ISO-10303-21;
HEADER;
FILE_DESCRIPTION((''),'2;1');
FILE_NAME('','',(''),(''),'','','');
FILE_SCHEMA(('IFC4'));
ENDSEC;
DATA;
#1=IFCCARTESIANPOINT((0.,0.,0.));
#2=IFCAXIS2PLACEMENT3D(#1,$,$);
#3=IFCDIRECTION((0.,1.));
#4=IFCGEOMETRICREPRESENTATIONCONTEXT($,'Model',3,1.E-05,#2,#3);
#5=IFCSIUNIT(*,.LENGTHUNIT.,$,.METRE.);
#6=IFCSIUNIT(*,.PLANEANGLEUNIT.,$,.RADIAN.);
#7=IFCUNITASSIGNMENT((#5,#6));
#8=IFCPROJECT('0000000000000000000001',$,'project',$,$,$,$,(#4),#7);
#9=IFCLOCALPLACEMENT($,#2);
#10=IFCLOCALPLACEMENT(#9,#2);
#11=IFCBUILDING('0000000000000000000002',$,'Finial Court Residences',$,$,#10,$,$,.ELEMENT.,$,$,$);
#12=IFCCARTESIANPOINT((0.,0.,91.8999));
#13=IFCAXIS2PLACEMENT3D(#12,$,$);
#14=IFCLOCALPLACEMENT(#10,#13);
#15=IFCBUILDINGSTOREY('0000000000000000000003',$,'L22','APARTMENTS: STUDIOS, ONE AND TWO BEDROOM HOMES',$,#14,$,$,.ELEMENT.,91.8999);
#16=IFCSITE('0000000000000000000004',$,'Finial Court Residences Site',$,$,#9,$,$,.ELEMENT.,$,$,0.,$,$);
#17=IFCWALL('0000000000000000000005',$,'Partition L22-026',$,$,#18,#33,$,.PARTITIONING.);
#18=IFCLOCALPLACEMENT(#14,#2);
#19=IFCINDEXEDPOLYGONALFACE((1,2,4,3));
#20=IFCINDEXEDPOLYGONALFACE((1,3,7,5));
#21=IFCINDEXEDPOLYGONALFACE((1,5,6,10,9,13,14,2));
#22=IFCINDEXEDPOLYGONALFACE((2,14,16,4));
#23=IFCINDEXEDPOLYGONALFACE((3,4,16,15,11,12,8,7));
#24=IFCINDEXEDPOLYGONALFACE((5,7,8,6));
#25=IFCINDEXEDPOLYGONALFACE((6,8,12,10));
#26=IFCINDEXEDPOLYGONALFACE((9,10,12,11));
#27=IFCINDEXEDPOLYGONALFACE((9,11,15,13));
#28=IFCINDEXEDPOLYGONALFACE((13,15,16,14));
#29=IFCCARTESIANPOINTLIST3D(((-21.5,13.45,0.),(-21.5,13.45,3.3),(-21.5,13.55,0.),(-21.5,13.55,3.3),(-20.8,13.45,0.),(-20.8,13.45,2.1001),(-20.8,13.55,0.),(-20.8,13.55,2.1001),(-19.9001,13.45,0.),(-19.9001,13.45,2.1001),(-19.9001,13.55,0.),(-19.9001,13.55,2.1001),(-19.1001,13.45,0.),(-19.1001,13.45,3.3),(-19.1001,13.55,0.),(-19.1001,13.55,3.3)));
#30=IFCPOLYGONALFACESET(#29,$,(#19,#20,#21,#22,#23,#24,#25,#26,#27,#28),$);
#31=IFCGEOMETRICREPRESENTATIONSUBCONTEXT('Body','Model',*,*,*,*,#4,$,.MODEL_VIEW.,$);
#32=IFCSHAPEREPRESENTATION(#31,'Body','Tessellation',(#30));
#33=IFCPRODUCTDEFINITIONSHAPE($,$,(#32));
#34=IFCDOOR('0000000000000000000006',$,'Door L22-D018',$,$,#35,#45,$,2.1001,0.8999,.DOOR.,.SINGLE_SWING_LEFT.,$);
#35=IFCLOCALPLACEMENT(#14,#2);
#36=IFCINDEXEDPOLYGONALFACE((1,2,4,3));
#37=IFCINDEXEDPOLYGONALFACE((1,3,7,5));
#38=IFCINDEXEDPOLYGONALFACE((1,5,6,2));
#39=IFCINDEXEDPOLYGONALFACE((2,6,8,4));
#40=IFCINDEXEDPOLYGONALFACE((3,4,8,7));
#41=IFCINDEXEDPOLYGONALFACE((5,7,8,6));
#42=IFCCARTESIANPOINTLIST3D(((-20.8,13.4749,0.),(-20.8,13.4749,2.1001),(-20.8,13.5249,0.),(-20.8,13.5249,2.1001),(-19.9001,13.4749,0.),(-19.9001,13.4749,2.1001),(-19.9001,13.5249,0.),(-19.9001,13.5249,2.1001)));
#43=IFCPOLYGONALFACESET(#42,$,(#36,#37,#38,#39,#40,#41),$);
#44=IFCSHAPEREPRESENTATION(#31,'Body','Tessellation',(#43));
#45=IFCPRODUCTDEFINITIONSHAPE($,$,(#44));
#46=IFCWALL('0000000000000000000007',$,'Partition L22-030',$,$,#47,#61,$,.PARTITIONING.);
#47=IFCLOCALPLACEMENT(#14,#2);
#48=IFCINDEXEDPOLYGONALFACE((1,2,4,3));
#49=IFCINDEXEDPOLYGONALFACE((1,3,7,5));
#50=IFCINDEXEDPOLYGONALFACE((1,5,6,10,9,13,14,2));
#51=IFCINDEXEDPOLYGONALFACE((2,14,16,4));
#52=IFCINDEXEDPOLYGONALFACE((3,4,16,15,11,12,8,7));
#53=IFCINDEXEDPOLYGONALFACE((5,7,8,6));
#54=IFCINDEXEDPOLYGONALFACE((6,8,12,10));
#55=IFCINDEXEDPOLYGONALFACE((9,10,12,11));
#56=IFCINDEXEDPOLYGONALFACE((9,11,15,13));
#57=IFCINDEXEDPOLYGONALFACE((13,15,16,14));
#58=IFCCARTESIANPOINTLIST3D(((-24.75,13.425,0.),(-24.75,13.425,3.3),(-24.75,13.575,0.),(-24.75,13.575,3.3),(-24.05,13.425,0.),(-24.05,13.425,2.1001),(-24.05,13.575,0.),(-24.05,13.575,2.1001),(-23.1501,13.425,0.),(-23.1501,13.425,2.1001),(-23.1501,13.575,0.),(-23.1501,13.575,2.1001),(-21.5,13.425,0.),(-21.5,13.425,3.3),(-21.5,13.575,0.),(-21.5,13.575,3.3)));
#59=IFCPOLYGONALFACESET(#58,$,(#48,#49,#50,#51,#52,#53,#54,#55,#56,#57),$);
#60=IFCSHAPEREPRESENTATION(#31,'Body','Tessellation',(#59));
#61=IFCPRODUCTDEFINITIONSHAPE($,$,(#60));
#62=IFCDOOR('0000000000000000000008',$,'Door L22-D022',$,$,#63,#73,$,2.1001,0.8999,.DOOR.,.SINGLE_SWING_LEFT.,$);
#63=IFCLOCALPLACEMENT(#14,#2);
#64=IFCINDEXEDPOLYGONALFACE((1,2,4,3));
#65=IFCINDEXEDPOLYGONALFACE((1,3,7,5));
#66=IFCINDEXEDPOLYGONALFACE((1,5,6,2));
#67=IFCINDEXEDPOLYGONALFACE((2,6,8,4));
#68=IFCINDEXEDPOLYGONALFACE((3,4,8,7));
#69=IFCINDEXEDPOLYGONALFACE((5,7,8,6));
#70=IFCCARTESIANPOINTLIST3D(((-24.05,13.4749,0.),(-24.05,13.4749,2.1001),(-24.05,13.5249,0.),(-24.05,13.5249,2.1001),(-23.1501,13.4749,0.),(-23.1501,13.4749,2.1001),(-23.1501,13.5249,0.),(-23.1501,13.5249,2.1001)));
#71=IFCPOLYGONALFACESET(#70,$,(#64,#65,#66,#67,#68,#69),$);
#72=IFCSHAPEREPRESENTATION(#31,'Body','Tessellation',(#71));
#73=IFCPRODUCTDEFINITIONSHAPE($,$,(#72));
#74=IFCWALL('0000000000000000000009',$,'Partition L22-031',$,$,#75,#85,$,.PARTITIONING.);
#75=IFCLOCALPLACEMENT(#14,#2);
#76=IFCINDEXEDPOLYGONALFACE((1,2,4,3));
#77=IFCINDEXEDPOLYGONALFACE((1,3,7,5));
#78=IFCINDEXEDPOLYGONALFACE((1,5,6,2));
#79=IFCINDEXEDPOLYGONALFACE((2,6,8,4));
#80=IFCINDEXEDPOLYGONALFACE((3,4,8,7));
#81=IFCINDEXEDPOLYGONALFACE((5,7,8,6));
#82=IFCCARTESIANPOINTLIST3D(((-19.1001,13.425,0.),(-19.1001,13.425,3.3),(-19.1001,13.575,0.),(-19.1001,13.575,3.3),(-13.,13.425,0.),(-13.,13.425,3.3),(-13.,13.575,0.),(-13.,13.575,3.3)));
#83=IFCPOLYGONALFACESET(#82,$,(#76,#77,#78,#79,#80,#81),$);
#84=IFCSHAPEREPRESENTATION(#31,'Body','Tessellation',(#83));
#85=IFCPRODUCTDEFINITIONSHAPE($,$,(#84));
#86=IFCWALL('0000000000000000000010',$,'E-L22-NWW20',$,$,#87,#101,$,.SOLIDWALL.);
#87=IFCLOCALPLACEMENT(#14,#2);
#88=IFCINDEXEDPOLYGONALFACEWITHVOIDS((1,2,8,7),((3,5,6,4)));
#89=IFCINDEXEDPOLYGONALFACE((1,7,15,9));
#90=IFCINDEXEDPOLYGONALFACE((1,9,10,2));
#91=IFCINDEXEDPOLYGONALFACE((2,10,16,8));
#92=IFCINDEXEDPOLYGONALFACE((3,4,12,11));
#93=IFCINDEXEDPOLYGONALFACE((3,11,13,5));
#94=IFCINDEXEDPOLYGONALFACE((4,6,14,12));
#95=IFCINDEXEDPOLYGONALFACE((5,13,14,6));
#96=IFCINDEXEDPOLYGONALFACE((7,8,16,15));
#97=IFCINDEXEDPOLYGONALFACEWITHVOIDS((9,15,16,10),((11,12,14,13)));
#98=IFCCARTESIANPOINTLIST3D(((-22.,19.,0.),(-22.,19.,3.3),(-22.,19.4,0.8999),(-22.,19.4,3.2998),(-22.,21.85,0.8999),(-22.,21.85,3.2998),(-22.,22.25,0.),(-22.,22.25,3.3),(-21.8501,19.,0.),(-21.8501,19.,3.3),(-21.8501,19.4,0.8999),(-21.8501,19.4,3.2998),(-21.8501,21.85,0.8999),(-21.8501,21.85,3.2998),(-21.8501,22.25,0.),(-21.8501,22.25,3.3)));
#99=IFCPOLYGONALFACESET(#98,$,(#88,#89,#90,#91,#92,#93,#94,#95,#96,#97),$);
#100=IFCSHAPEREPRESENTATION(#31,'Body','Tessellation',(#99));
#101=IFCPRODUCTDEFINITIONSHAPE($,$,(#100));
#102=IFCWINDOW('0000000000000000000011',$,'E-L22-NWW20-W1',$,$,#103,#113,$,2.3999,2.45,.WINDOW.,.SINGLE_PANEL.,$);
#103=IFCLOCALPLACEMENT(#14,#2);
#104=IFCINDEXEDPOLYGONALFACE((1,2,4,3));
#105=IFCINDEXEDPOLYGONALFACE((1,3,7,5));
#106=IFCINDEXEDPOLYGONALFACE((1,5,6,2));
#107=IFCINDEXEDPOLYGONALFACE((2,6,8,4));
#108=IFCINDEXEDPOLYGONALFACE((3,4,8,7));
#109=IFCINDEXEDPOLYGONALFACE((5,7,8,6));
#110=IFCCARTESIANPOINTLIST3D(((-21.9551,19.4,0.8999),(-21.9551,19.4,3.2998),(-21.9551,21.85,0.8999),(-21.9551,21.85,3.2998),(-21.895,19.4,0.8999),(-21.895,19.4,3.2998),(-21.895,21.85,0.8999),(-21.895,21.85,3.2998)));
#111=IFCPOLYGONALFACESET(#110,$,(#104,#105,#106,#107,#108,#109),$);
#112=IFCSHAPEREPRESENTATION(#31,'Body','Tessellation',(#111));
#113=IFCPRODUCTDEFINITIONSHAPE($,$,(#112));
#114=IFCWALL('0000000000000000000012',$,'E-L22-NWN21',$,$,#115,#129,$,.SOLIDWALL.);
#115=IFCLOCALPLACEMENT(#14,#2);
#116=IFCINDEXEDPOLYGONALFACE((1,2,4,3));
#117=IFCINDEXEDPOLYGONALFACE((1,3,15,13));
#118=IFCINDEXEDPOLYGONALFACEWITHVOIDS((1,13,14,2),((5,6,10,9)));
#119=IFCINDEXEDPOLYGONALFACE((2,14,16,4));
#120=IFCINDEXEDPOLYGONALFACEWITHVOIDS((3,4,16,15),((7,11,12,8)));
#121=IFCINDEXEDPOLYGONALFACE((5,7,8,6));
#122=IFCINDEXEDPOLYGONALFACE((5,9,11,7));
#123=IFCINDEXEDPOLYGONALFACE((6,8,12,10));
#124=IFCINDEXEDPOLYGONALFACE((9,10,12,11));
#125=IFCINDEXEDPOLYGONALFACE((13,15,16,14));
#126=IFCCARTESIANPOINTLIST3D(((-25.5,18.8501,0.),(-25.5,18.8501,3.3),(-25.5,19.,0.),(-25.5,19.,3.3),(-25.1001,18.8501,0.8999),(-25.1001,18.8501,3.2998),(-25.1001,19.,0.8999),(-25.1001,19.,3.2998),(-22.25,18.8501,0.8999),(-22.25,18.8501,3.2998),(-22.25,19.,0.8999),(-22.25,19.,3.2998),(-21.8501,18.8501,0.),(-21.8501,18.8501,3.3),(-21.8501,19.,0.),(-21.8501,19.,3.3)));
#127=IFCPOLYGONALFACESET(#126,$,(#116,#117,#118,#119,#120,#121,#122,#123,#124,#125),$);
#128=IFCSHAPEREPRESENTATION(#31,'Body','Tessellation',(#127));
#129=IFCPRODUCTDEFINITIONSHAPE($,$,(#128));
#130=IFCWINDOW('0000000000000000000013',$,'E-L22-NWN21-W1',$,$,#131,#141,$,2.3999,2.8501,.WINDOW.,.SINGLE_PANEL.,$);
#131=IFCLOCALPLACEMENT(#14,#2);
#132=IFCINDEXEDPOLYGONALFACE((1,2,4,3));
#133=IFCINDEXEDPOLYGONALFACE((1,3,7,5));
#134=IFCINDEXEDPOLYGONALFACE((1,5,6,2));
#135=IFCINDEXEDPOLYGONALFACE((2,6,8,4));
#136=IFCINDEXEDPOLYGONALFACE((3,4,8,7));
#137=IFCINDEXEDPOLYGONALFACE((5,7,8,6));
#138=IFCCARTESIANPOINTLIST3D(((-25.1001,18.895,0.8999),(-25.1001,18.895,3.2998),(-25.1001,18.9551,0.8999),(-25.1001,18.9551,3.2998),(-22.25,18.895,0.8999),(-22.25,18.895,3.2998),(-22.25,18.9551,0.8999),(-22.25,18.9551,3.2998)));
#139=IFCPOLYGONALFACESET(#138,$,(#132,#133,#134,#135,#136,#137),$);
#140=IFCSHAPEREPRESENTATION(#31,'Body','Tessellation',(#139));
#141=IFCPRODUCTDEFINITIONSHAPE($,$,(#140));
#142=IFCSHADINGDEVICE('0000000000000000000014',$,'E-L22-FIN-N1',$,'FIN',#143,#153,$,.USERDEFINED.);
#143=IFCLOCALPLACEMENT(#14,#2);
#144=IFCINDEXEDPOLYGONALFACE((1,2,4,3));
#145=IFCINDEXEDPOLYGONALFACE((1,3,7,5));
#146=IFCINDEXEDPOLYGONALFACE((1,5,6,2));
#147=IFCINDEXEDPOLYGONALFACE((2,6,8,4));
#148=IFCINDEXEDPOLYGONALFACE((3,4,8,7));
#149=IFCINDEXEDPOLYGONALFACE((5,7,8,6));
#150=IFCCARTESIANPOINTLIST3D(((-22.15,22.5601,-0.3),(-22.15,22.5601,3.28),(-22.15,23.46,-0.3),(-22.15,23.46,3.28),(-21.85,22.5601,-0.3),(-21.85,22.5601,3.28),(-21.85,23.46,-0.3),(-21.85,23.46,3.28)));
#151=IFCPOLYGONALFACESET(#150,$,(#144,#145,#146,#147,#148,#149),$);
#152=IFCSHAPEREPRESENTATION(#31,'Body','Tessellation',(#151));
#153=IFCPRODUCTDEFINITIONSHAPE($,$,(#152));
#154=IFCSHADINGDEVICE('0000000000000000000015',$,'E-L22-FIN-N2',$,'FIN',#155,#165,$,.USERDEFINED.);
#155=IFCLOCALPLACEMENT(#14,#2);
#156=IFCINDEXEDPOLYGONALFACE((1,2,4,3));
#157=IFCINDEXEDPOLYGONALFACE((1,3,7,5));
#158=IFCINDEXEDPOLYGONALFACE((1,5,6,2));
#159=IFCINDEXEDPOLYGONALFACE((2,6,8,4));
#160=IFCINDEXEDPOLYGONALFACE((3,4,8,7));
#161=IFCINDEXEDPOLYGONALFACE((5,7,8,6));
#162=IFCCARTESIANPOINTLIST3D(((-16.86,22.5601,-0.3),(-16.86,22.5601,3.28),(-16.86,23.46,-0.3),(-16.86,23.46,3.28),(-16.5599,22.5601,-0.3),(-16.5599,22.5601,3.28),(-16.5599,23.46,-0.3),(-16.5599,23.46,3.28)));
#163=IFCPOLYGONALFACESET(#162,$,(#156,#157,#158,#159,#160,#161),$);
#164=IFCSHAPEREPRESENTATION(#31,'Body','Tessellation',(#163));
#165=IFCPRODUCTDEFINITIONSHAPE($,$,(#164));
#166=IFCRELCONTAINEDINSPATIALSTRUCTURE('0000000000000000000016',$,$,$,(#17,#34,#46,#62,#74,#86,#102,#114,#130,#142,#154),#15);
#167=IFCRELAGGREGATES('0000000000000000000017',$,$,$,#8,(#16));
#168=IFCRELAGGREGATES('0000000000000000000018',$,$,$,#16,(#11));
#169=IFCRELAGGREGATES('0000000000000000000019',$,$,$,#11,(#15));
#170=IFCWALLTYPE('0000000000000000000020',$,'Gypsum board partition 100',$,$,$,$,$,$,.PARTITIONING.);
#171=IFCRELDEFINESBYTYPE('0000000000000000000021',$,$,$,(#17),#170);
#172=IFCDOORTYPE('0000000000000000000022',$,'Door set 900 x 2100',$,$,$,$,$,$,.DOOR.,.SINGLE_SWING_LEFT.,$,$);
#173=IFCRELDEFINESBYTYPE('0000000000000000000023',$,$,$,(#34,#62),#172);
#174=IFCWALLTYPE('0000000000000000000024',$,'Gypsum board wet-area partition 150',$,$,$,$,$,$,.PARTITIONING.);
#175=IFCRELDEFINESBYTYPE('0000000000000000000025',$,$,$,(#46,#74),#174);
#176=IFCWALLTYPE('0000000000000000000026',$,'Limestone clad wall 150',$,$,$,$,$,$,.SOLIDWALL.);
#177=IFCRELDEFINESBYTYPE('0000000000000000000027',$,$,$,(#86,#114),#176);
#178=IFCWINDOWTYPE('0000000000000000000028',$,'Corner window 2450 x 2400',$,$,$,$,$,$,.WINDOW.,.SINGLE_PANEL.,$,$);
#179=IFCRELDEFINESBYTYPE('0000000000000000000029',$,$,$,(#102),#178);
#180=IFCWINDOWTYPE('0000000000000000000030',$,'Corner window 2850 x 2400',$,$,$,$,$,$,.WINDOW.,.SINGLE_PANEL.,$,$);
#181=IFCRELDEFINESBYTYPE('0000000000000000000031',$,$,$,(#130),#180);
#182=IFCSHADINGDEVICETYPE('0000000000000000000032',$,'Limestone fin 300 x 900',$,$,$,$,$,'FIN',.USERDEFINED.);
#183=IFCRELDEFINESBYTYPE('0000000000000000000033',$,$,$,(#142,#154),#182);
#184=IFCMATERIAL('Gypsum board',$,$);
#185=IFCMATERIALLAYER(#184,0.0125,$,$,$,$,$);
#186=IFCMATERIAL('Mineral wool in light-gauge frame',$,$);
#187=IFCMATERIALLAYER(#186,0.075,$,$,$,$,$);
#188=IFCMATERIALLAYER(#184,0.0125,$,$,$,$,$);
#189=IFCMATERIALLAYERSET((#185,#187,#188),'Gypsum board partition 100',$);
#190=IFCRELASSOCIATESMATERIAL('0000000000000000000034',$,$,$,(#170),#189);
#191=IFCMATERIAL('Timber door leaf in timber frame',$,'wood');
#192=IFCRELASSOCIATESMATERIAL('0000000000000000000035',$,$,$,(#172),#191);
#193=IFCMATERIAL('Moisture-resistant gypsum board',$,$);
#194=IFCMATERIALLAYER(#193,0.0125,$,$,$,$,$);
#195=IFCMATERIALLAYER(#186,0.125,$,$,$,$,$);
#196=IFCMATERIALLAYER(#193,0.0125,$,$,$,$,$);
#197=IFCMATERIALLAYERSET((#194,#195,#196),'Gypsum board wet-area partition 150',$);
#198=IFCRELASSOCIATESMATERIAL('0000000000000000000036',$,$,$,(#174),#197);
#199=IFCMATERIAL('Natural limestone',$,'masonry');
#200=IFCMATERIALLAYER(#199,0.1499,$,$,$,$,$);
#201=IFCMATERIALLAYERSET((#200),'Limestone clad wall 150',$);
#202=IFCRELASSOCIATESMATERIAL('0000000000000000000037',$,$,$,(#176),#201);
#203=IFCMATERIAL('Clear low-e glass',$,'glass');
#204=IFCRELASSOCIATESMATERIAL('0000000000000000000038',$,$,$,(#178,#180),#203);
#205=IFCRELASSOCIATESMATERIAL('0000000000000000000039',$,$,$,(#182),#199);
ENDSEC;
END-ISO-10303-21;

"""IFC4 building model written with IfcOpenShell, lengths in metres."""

from ifc_helpers import new_model, si_unit, direction, frame, frame_2d, origin, origin_2d, place, context, subcontext, project, spatial, rectangle, extrude, material, layer, layer_set, type_object, element, fill, save


model = new_model("IFC4")

# Units and contexts
model_context = context("Model", 3, precision=1e-05, world=origin(), true_north=direction((0.0, 1.0)))
body_context = subcontext(model_context, "Body", "Model", "MODEL_VIEW")
ifc_project = project(units=[si_unit("LENGTHUNIT", "METRE"), si_unit("PLANEANGLEUNIT", "RADIAN")], contexts=[model_context])

# Site, building, storey
site_placement = place(None, origin())
site = spatial("IfcSite", under=ifc_project, at=site_placement, Name="Finial Court Residences Site", CompositionType="ELEMENT", RefElevation=0.0)
building_placement = place(site_placement, origin())
building = spatial("IfcBuilding", under=site, at=building_placement, Name="Finial Court Residences", CompositionType="ELEMENT")
storey_placement = place(building_placement, frame((0.0, 0.0, 91.8999)))
storey = spatial("IfcBuildingStorey", under=building, at=storey_placement, Name="L22", Description="APARTMENTS: STUDIOS, ONE AND TWO BEDROOM HOMES", CompositionType="ELEMENT", Elevation=91.8999)

# Shared definitions
ifc_material_1 = material(Name="Clear low-e glass", Category="glass")

# Shared definitions
ifc_material_2 = material(Name="Gypsum board")
ifc_layer_1 = layer(ifc_material_2, 0.0125)
ifc_material_3 = material(Name="Mineral wool in light-gauge frame")
ifc_layer_2 = layer(ifc_material_3, 0.075)
ifc_layer_3 = layer(ifc_material_2, 0.0125)
ifc_layer_set_1 = layer_set([ifc_layer_1, ifc_layer_2, ifc_layer_3], Name="Gypsum board partition 100")
wall_type_1 = type_object("IfcWallType", Name="Gypsum board partition 100", PredefinedType="PARTITIONING", material=ifc_layer_set_1)

# Walls, openings, doors
wall_1_placement = place(storey_placement, frame((-21.5, 13.5, 0.0), z_axis=(0.0, 0.0, 1.0), x_axis=(1.0, 0.0, 0.0)))
wall_1 = element("IfcWall", 1, at=wall_1_placement, inside=storey, type_object=wall_type_1, Name="Partition L22-026", PredefinedType="PARTITIONING", context=body_context, shape_type="SweptSolid", body=[
    extrude(rectangle(XDim=2.3999, YDim=0.1001, at=frame_2d((1.2, 0.0))), origin(), (0.0, 0.0, 1.0), 3.3),
])
opening_1_placement = place(wall_1_placement, frame((0.7, 0.0, 0.0)))
opening_1 = element("IfcOpeningElement", 2, at=opening_1_placement, cuts=wall_1, PredefinedType="OPENING", context=body_context, shape_type="SweptSolid", body=[
    extrude(rectangle(XDim=0.8999, YDim=2.1001, at=frame_2d((0.45, 1.05))), frame((0.0, 0.0601, 0.0), z_axis=(0.0, -1.0, 0.0), x_axis=(1.0, 0.0, 0.0)), (0.0, 0.0, 1.0), 0.1201),
])
ifc_material_4 = material(Name="Timber door leaf in timber frame", Category="wood")
door_type = type_object("IfcDoorType", Name="Door set 900 x 2100", OperationType="SINGLE_SWING_LEFT", PredefinedType="DOOR", material=ifc_material_4)
door_1_placement = place(opening_1_placement, origin())
door_1 = element("IfcDoor", 3, at=door_1_placement, inside=storey, type_object=door_type, Name="Door L22-D018", OperationType="SINGLE_SWING_LEFT", OverallHeight=2.1001, OverallWidth=0.8999, PredefinedType="DOOR", context=body_context, shape_type="SweptSolid", body=[
    extrude(rectangle(XDim=0.8999, YDim=2.1001, at=frame_2d((0.45, 1.05))), frame((0.0, 0.0249, 0.0), z_axis=(0.0, -1.0, 0.0), x_axis=(1.0, 0.0, 0.0)), (0.0, 0.0, 1.0), 0.05),
])
fill(opening_1, door_1)
ifc_material_5 = material(Name="Moisture-resistant gypsum board")
ifc_layer_4 = layer(ifc_material_5, 0.0125)
ifc_layer_5 = layer(ifc_material_3, 0.125)
ifc_layer_6 = layer(ifc_material_5, 0.0125)
ifc_layer_set_2 = layer_set([ifc_layer_4, ifc_layer_5, ifc_layer_6], Name="Gypsum board wet-area partition 150")
wall_type_2 = type_object("IfcWallType", Name="Gypsum board wet-area partition 150", PredefinedType="PARTITIONING", material=ifc_layer_set_2)
wall_2_placement = place(storey_placement, frame((-24.75, 13.5, 0.0), z_axis=(0.0, 0.0, 1.0), x_axis=(1.0, 0.0, 0.0)))
wall_2 = element("IfcWall", 4, at=wall_2_placement, inside=storey, type_object=wall_type_2, Name="Partition L22-030", PredefinedType="PARTITIONING", context=body_context, shape_type="SweptSolid", body=[
    extrude(rectangle(XDim=3.25, YDim=0.1499, at=frame_2d((1.625, 0.0))), origin(), (0.0, 0.0, 1.0), 3.3),
])
opening_2_placement = place(wall_2_placement, frame((0.7, 0.0, 0.0)))
opening_2 = element("IfcOpeningElement", 5, at=opening_2_placement, cuts=wall_2, PredefinedType="OPENING", context=body_context, shape_type="SweptSolid", body=[
    extrude(rectangle(XDim=0.8999, YDim=2.1001, at=frame_2d((0.45, 1.05))), frame((0.0, 0.085, 0.0), z_axis=(0.0, -1.0, 0.0), x_axis=(1.0, 0.0, 0.0)), (0.0, 0.0, 1.0), 0.1699),
])
door_2_placement = place(opening_2_placement, origin())
door_2 = element("IfcDoor", 6, at=door_2_placement, inside=storey, type_object=door_type, Name="Door L22-D022", OperationType="SINGLE_SWING_LEFT", OverallHeight=2.1001, OverallWidth=0.8999, PredefinedType="DOOR", context=body_context, shape_type="SweptSolid", body=[
    extrude(rectangle(XDim=0.8999, YDim=2.1001, at=frame_2d((0.45, 1.05))), frame((0.0, 0.0249, 0.0), z_axis=(0.0, -1.0, 0.0), x_axis=(1.0, 0.0, 0.0)), (0.0, 0.0, 1.0), 0.05),
])
fill(opening_2, door_2)

# Wall
wall_3_placement = place(storey_placement, frame((-19.1001, 13.5, 0.0), z_axis=(0.0, 0.0, 1.0), x_axis=(1.0, 0.0, 0.0)))
element("IfcWall", 7, at=wall_3_placement, inside=storey, type_object=wall_type_2, Name="Partition L22-031", PredefinedType="PARTITIONING", context=body_context, shape_type="SweptSolid", body=[
    extrude(rectangle(XDim=6.1001, YDim=0.1499, at=frame_2d((3.05, 0.0))), origin(), (0.0, 0.0, 1.0), 3.3),
])

# Walls, openings, windows
ifc_material_6 = material(Name="Natural limestone", Category="masonry")
ifc_layer_7 = layer(ifc_material_6, 0.1499)
ifc_layer_set_3 = layer_set([ifc_layer_7], Name="Limestone clad wall 150")
wall_type_3 = type_object("IfcWallType", Name="Limestone clad wall 150", PredefinedType="SOLIDWALL", material=ifc_layer_set_3)
wall_4_placement = place(storey_placement, frame((-21.925, 19.0, 0.0), z_axis=(0.0, 0.0, 1.0), x_axis=(0.0, 1.0, 0.0)))
wall_4 = element("IfcWall", 8, at=wall_4_placement, inside=storey, type_object=wall_type_3, Name="E-L22-NWW20", PredefinedType="SOLIDWALL", context=body_context, shape_type="SweptSolid", body=[
    extrude(rectangle(XDim=3.25, YDim=0.1499, at=frame_2d((1.625, 0.0))), origin(), (0.0, 0.0, 1.0), 3.3),
])
opening_3_placement = place(wall_4_placement, frame((0.3999, 0.0, 0.8999)))
opening_3 = element("IfcOpeningElement", 9, at=opening_3_placement, cuts=wall_4, PredefinedType="OPENING", context=body_context, shape_type="SweptSolid", body=[
    extrude(rectangle(XDim=2.45, YDim=2.3999, at=frame_2d((1.2251, 1.2))), frame((0.0, 0.085, 0.0), z_axis=(0.0, -1.0, 0.0), x_axis=(1.0, 0.0, 0.0)), (0.0, 0.0, 1.0), 0.1699),
])
window_type_1 = type_object("IfcWindowType", Name="Corner window 2450 x 2400", PartitioningType="SINGLE_PANEL", PredefinedType="WINDOW", material=ifc_material_1)
window_1_placement = place(opening_3_placement, origin())
window_1 = element("IfcWindow", 10, at=window_1_placement, inside=storey, type_object=window_type_1, Name="E-L22-NWW20-W1", OverallHeight=2.3999, OverallWidth=2.45, PartitioningType="SINGLE_PANEL", PredefinedType="WINDOW", context=body_context, shape_type="SweptSolid", body=[
    extrude(rectangle(XDim=2.45, YDim=2.3999, at=frame_2d((1.2251, 1.2))), frame((0.0, 0.03, 0.0), z_axis=(0.0, -1.0, 0.0), x_axis=(1.0, 0.0, 0.0)), (0.0, 0.0, 1.0), 0.0601),
])
fill(opening_3, window_1)
wall_5_placement = place(storey_placement, frame((-25.5, 18.925, 0.0), z_axis=(0.0, 0.0, 1.0), x_axis=(1.0, 0.0, 0.0)))
wall_5 = element("IfcWall", 11, at=wall_5_placement, inside=storey, type_object=wall_type_3, Name="E-L22-NWN21", PredefinedType="SOLIDWALL", context=body_context, shape_type="SweptSolid", body=[
    extrude(rectangle(XDim=3.6499, YDim=0.1499, at=frame_2d((1.825, 0.0))), origin(), (0.0, 0.0, 1.0), 3.3),
])
opening_4_placement = place(wall_5_placement, frame((0.3999, 0.0, 0.8999)))
opening_4 = element("IfcOpeningElement", 12, at=opening_4_placement, cuts=wall_5, PredefinedType="OPENING", context=body_context, shape_type="SweptSolid", body=[
    extrude(rectangle(XDim=2.8501, YDim=2.3999, at=frame_2d((1.425, 1.2))), frame((0.0, 0.085, 0.0), z_axis=(0.0, -1.0, 0.0), x_axis=(1.0, 0.0, 0.0)), (0.0, 0.0, 1.0), 0.1699),
])
window_type_2 = type_object("IfcWindowType", Name="Corner window 2850 x 2400", PartitioningType="SINGLE_PANEL", PredefinedType="WINDOW", material=ifc_material_1)
window_2_placement = place(opening_4_placement, origin())
window_2 = element("IfcWindow", 13, at=window_2_placement, inside=storey, type_object=window_type_2, Name="E-L22-NWN21-W1", OverallHeight=2.3999, OverallWidth=2.8501, PartitioningType="SINGLE_PANEL", PredefinedType="WINDOW", context=body_context, shape_type="SweptSolid", body=[
    extrude(rectangle(XDim=2.8501, YDim=2.3999, at=frame_2d((1.425, 1.2))), frame((0.0, 0.03, 0.0), z_axis=(0.0, -1.0, 0.0), x_axis=(1.0, 0.0, 0.0)), (0.0, 0.0, 1.0), 0.0601),
])
fill(opening_4, window_2)

# Shading devices
shading_device_type = type_object("IfcShadingDeviceType", Name="Limestone fin 300 x 900", ElementType="FIN", PredefinedType="USERDEFINED", material=ifc_material_6)
for number, where, z_axis, x_axis, name in (
    (14, (-22.0, 23.01, -0.3), (0.0, 0.0, 1.0), (1.0, 0.0, 0.0), "E-L22-FIN-N1"),
    (15, (-16.71, 23.01, -0.3), (0.0, 0.0, 1.0), (1.0, 0.0, 0.0), "E-L22-FIN-N2"),
):
    element("IfcShadingDevice", number, at=place(storey_placement, frame(where, z_axis=z_axis, x_axis=x_axis)), inside=storey, type_object=shading_device_type, Name=name, ObjectType="FIN", PredefinedType="USERDEFINED", context=body_context, shape_type="SweptSolid", body=[
        extrude(rectangle(XDim=0.3, YDim=0.8999, at=origin_2d()), origin(), (0.0, 0.0, 1.0), 3.5801),
    ])

save(model, "model.ifc")
